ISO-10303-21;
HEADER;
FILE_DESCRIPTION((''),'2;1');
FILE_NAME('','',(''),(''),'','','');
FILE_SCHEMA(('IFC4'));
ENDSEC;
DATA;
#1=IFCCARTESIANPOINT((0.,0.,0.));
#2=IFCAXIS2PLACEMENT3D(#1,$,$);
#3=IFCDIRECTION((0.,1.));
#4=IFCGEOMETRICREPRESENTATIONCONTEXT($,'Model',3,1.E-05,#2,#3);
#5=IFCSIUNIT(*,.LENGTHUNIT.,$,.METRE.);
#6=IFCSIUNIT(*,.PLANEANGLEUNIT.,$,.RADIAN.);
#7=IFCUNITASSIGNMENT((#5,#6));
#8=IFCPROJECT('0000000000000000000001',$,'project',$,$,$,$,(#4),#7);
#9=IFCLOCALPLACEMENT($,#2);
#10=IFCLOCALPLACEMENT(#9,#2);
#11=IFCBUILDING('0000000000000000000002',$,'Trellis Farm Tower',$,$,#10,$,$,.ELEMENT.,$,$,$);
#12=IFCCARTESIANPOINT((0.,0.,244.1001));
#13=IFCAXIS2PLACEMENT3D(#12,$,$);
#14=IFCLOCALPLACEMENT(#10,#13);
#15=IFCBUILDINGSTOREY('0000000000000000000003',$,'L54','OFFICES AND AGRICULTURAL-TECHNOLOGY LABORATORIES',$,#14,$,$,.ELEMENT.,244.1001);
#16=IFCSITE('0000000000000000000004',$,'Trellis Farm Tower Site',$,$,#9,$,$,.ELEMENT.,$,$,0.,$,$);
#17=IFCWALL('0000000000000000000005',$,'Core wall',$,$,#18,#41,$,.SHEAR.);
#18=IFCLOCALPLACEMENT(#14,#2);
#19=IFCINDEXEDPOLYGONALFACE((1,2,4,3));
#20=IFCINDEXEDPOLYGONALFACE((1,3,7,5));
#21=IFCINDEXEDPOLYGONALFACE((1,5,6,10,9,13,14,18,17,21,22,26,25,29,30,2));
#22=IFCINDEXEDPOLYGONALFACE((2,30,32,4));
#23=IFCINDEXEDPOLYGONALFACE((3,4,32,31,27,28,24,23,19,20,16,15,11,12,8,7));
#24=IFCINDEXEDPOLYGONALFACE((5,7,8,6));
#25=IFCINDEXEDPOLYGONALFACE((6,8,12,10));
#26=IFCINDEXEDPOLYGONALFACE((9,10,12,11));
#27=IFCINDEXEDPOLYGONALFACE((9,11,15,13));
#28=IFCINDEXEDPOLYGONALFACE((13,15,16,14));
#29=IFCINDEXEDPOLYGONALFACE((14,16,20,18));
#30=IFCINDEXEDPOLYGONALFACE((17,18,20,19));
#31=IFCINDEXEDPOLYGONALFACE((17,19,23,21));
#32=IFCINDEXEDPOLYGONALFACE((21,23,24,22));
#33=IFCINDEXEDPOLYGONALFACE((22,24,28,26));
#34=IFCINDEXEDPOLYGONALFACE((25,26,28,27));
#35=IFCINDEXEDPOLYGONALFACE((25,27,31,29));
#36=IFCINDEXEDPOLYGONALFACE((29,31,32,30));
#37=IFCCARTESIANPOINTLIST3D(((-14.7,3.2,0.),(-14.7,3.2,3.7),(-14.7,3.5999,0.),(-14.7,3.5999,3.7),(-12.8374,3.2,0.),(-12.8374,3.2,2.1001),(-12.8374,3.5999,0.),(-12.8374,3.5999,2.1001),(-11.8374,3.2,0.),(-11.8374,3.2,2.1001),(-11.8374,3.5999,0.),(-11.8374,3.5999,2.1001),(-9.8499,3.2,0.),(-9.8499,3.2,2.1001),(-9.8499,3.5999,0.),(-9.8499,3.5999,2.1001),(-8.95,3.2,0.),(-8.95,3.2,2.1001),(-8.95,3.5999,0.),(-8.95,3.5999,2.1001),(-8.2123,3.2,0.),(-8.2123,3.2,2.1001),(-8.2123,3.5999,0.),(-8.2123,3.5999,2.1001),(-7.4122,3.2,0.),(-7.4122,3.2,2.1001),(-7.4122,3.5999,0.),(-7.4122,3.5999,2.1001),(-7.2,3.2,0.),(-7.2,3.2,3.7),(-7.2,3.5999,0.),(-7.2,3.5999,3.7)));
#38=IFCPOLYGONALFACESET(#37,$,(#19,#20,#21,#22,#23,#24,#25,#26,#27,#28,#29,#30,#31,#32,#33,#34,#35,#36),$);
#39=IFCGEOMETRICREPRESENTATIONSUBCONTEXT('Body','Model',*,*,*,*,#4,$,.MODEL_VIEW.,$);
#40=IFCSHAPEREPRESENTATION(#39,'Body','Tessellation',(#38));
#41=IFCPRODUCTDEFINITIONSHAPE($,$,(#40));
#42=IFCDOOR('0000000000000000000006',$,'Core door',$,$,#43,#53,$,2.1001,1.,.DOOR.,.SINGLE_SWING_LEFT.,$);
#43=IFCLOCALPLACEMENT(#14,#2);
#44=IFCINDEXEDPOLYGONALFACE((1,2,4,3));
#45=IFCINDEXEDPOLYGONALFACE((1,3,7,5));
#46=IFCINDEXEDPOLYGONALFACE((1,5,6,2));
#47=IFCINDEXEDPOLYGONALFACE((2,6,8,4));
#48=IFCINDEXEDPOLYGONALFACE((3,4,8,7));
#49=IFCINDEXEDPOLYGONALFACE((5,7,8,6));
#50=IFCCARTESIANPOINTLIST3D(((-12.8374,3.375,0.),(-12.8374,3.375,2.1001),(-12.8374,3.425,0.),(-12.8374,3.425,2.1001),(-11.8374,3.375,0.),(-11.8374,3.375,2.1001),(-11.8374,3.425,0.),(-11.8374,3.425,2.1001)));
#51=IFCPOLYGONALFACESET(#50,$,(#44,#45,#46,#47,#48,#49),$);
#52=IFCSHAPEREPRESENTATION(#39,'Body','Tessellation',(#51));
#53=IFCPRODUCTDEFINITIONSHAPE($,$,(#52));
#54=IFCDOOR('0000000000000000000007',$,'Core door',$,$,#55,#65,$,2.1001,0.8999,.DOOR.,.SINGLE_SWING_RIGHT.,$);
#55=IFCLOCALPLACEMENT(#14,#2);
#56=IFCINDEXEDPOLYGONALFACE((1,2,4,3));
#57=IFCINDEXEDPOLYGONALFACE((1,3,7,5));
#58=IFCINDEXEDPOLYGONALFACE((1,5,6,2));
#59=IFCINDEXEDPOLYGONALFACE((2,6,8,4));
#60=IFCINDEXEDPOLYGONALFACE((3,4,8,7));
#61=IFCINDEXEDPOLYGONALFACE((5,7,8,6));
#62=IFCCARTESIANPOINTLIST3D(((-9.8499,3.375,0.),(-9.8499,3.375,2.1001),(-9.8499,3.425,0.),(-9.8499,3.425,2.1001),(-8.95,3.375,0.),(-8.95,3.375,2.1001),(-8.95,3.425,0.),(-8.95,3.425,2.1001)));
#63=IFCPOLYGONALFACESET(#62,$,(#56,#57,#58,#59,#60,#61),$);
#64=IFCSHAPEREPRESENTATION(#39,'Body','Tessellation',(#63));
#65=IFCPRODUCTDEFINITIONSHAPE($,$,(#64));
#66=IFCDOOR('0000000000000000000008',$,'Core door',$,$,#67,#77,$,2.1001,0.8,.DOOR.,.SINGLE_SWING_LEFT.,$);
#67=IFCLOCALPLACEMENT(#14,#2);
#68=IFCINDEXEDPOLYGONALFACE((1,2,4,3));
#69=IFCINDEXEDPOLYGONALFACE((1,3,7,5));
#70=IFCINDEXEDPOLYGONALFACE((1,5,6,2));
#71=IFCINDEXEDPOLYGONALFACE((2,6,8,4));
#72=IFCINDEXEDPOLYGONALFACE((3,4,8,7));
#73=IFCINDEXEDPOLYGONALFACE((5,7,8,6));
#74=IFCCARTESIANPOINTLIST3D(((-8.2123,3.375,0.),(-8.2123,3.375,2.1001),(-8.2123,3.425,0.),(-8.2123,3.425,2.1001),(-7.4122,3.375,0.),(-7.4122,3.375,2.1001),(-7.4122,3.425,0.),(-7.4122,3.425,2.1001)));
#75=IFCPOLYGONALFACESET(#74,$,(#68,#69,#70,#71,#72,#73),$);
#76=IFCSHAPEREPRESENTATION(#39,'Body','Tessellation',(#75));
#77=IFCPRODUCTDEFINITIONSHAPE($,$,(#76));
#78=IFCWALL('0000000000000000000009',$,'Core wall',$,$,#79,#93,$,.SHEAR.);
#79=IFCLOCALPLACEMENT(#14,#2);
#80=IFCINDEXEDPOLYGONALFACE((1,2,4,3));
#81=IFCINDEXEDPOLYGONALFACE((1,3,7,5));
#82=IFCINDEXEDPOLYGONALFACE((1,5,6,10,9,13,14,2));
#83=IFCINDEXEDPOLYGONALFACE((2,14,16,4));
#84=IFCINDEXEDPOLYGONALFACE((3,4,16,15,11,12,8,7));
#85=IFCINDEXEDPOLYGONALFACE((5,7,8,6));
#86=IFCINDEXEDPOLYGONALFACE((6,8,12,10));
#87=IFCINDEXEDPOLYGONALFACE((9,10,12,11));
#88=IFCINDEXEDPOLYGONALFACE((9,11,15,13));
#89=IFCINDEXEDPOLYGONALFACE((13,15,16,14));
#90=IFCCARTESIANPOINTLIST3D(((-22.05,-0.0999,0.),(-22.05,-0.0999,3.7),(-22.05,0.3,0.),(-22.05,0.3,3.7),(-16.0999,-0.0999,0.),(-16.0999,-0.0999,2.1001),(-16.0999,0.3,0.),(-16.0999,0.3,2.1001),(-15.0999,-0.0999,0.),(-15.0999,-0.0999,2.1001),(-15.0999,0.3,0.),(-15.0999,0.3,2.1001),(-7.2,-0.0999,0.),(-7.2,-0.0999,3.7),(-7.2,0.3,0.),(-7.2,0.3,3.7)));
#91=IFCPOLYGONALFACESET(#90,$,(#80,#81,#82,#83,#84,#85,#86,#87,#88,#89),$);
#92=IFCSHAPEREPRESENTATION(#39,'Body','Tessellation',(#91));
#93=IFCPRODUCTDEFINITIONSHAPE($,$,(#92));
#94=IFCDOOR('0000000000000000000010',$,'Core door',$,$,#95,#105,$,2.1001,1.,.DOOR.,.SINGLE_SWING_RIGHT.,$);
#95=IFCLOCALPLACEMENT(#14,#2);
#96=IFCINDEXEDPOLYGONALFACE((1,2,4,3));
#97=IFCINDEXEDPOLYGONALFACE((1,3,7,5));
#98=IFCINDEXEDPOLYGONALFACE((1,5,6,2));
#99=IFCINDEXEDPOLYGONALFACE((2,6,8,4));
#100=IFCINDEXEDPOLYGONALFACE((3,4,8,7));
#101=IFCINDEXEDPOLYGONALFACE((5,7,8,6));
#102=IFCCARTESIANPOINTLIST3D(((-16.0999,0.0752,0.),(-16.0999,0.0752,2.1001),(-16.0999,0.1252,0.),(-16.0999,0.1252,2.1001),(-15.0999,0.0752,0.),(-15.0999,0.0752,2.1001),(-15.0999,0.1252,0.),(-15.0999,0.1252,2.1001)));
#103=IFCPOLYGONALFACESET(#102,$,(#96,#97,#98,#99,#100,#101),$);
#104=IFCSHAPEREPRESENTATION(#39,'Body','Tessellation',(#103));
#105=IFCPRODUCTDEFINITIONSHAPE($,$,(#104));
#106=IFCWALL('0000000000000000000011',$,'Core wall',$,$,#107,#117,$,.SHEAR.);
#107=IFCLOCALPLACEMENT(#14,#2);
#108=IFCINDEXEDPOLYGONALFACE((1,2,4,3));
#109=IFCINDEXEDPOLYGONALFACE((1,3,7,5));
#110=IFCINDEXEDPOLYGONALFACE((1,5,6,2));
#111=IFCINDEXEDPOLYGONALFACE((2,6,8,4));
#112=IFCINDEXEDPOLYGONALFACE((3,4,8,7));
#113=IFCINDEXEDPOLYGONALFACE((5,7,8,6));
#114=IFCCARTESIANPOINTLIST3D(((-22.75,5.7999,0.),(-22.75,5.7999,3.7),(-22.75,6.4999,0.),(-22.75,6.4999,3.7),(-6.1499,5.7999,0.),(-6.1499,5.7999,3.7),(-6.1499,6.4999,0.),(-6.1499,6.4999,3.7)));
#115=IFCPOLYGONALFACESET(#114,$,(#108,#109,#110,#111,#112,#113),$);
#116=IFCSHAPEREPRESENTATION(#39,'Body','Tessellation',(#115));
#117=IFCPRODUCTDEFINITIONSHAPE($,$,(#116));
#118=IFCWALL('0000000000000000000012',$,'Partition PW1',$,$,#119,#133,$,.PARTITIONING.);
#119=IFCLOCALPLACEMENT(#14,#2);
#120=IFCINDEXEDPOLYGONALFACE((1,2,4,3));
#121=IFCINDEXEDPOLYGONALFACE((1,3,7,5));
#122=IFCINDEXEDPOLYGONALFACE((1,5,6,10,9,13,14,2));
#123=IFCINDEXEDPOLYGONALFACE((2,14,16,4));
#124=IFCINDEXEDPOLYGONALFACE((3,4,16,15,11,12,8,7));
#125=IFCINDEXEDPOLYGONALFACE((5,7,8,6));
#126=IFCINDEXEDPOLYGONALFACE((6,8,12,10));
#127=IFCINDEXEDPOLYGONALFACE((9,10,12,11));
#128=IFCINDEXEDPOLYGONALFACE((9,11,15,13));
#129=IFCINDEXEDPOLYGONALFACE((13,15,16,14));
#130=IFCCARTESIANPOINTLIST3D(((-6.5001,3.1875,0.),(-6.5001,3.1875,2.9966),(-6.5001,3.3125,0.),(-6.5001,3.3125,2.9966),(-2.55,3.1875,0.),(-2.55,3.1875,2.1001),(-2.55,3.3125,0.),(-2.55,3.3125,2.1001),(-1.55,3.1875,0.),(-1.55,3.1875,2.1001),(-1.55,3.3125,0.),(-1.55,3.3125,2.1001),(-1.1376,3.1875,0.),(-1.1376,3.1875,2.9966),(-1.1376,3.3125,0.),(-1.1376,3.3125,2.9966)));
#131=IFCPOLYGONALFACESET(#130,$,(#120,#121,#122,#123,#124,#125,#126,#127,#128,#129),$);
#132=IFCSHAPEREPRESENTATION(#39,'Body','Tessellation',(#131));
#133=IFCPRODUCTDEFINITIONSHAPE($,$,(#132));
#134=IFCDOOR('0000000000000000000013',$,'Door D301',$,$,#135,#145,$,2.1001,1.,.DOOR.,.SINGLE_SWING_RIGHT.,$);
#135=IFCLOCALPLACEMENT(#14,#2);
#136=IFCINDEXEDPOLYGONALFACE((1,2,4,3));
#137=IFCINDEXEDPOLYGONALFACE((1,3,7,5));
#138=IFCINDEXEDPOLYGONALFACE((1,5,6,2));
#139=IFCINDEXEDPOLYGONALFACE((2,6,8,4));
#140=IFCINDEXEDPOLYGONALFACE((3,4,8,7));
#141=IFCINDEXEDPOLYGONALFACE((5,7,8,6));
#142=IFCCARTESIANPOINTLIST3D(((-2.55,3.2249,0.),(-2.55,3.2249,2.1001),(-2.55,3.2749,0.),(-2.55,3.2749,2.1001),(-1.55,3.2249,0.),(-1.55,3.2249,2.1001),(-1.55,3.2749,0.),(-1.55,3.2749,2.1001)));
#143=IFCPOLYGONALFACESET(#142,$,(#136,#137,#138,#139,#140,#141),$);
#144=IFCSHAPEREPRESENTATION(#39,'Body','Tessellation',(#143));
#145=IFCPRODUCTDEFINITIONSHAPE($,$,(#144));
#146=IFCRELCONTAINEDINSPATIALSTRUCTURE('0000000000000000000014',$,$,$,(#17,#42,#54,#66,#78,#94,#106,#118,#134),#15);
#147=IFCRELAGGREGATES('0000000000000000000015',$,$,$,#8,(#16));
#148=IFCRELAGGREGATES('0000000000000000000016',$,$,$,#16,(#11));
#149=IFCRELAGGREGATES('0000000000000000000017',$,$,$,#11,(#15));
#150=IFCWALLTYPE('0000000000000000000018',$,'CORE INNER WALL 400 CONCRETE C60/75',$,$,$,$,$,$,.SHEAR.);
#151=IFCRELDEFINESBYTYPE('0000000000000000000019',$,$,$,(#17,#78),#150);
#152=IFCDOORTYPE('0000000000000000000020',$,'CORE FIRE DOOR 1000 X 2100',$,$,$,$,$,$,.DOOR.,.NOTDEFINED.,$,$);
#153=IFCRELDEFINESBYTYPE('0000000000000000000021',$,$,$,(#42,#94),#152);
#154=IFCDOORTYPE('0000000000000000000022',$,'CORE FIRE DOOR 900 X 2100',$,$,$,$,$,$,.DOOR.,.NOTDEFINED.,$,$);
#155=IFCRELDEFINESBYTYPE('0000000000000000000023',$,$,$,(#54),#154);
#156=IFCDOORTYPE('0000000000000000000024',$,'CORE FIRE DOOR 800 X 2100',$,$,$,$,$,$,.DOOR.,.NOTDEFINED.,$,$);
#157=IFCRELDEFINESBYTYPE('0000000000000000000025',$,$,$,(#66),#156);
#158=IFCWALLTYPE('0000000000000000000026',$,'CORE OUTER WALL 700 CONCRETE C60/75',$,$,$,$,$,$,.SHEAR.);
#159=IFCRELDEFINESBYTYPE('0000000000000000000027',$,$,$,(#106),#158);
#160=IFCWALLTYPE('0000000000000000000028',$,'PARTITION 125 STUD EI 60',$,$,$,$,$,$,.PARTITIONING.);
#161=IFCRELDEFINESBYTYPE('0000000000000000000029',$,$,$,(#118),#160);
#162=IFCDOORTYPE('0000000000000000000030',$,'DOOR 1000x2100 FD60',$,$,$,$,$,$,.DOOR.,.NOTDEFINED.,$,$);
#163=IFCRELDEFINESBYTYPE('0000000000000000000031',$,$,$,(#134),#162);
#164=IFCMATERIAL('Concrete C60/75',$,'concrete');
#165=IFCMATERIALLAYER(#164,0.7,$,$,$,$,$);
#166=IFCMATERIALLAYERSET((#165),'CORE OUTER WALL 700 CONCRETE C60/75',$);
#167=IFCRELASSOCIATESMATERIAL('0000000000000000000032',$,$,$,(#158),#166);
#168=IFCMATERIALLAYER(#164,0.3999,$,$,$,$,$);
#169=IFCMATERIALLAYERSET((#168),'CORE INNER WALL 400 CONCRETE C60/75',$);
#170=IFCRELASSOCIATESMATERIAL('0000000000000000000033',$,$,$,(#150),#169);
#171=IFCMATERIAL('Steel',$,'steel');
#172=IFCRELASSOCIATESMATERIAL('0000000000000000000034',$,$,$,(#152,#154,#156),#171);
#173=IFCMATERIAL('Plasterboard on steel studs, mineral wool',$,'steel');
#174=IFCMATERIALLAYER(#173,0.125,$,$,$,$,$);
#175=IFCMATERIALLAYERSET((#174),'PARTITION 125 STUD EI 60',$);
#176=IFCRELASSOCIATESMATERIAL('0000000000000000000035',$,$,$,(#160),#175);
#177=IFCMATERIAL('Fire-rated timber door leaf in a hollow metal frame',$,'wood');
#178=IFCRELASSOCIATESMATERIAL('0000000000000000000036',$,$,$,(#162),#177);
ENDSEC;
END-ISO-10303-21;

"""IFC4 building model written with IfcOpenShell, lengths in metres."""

from ifc_helpers import new_model, si_unit, direction, frame, frame_2d, origin, place, context, subcontext, project, spatial, rectangle, extrude, source, transform, mapped, material, layer, layer_set, type_object, element, fill, save


model = new_model("IFC4")

# Units and contexts
model_context = context("Model", 3, precision=1e-05, world=origin(), true_north=direction((0.0, 1.0)))
body_context = subcontext(model_context, "Body", "Model", "MODEL_VIEW")
ifc_project = project(units=[si_unit("LENGTHUNIT", "METRE"), si_unit("PLANEANGLEUNIT", "RADIAN")], contexts=[model_context])

# Site, building, storey
site_placement = place(None, origin())
site = spatial("IfcSite", under=ifc_project, at=site_placement, Name="Trellis Farm Tower Site", CompositionType="ELEMENT", RefElevation=0.0)
building_placement = place(site_placement, origin())
building = spatial("IfcBuilding", under=site, at=building_placement, Name="Trellis Farm Tower", CompositionType="ELEMENT")
storey_placement = place(building_placement, frame((0.0, 0.0, 244.1001)))
storey = spatial("IfcBuildingStorey", under=building, at=storey_placement, Name="L54", Description="OFFICES AND AGRICULTURAL-TECHNOLOGY LABORATORIES", CompositionType="ELEMENT", Elevation=244.1001)

# Shared definitions
ifc_material_1 = material(Name="Concrete C60/75", Category="concrete")

# Shared definitions
ifc_layer_1 = layer(ifc_material_1, 0.7)
ifc_layer_set_1 = layer_set([ifc_layer_1], Name="CORE OUTER WALL 700 CONCRETE C60/75")
wall_type_1 = type_object("IfcWallType", Name="CORE OUTER WALL 700 CONCRETE C60/75", PredefinedType="SHEAR", material=ifc_layer_set_1)
ifc_material_2 = material(Name="Steel", Category="steel")

# Wall, openings, doors
ifc_layer_2 = layer(ifc_material_1, 0.3999)
ifc_layer_set_2 = layer_set([ifc_layer_2], Name="CORE INNER WALL 400 CONCRETE C60/75")
wall_type_2 = type_object("IfcWallType", Name="CORE INNER WALL 400 CONCRETE C60/75", PredefinedType="SHEAR", material=ifc_layer_set_2)
shared_shape_1 = source(origin(), body_context, "Body", "SweptSolid", [
    extrude(rectangle(XDim=7.5, YDim=0.3999, at=frame_2d((3.75, 0.0))), origin(), (0.0, 0.0, 1.0), 3.7),
])
wall_1_placement = place(storey_placement, frame((-7.2, 3.3999, 0.0), z_axis=(0.0, 0.0, 1.0), x_axis=(-1.0, 0.0, 0.0)))
wall_1 = element("IfcWall", 1, at=wall_1_placement, inside=storey, type_object=wall_type_2, Name="Core wall", PredefinedType="SHEAR", context=body_context, shape_type="MappedRepresentation", body=[
    mapped(shared_shape_1, transform((0.0, 0.0, 0.0))),
])
shared_shape_2 = source(origin(), body_context, "Body", "SweptSolid", [
    extrude(rectangle(XDim=0.8, YDim=2.1001, at=frame_2d((0.3999, 1.05))), frame((0.0, 0.21, 0.0), z_axis=(0.0, -1.0, 0.0), x_axis=(1.0, 0.0, 0.0)), (0.0, 0.0, 1.0), 0.4199),
])
opening_1_placement = place(wall_1_placement, frame((0.2124, 0.0, 0.0)))
opening_1 = element("IfcOpeningElement", 2, at=opening_1_placement, cuts=wall_1, PredefinedType="OPENING", context=body_context, shape_type="MappedRepresentation", body=[
    mapped(shared_shape_2, transform((0.0, 0.0, 0.0))),
])
shared_shape_3 = source(origin(), body_context, "Body", "SweptSolid", [
    extrude(rectangle(XDim=0.8999, YDim=2.1001, at=frame_2d((0.45, 1.05))), frame((0.0, 0.21, 0.0), z_axis=(0.0, -1.0, 0.0), x_axis=(1.0, 0.0, 0.0)), (0.0, 0.0, 1.0), 0.4199),
])
opening_2_placement = place(wall_1_placement, frame((1.75, 0.0, 0.0)))
opening_2 = element("IfcOpeningElement", 3, at=opening_2_placement, cuts=wall_1, PredefinedType="OPENING", context=body_context, shape_type="MappedRepresentation", body=[
    mapped(shared_shape_3, transform((0.0, 0.0, 0.0))),
])
shared_shape_4 = source(origin(), body_context, "Body", "SweptSolid", [
    extrude(rectangle(XDim=1.0, YDim=2.1001, at=frame_2d((0.5, 1.05))), frame((0.0, 0.21, 0.0), z_axis=(0.0, -1.0, 0.0), x_axis=(1.0, 0.0, 0.0)), (0.0, 0.0, 1.0), 0.4199),
])
opening_3_placement = place(wall_1_placement, frame((4.6375, 0.0, 0.0)))
opening_3 = element("IfcOpeningElement", 4, at=opening_3_placement, cuts=wall_1, PredefinedType="OPENING", context=body_context, shape_type="MappedRepresentation", body=[
    mapped(shared_shape_4, transform((0.0, 0.0, 0.0))),
])
door_type_1 = type_object("IfcDoorType", Name="CORE FIRE DOOR 1000 X 2100", OperationType="NOTDEFINED", PredefinedType="DOOR", material=ifc_material_2)
shared_shape_5 = source(origin(), body_context, "Body", "SweptSolid", [
    extrude(rectangle(XDim=1.0, YDim=2.1001, at=frame_2d((0.5, 1.05))), frame((0.0, 0.0249, 0.0), z_axis=(0.0, -1.0, 0.0), x_axis=(1.0, 0.0, 0.0)), (0.0, 0.0, 1.0), 0.05),
])
door_1_placement = place(opening_3_placement, origin())
door_1 = element("IfcDoor", 5, at=door_1_placement, inside=storey, type_object=door_type_1, Name="Core door", OperationType="SINGLE_SWING_LEFT", OverallHeight=2.1001, OverallWidth=1.0, PredefinedType="DOOR", context=body_context, shape_type="MappedRepresentation", body=[
    mapped(shared_shape_5, transform((0.0, 0.0, 0.0))),
])
fill(opening_3, door_1)
door_type_2 = type_object("IfcDoorType", Name="CORE FIRE DOOR 900 X 2100", OperationType="NOTDEFINED", PredefinedType="DOOR", material=ifc_material_2)
shared_shape_6 = source(origin(), body_context, "Body", "SweptSolid", [
    extrude(rectangle(XDim=0.8999, YDim=2.1001, at=frame_2d((0.45, 1.05))), frame((0.0, 0.0249, 0.0), z_axis=(0.0, -1.0, 0.0), x_axis=(1.0, 0.0, 0.0)), (0.0, 0.0, 1.0), 0.05),
])
door_2_placement = place(opening_2_placement, origin())
door_2 = element("IfcDoor", 6, at=door_2_placement, inside=storey, type_object=door_type_2, Name="Core door", OperationType="SINGLE_SWING_RIGHT", OverallHeight=2.1001, OverallWidth=0.8999, PredefinedType="DOOR", context=body_context, shape_type="MappedRepresentation", body=[
    mapped(shared_shape_6, transform((0.0, 0.0, 0.0))),
])
fill(opening_2, door_2)
door_type_3 = type_object("IfcDoorType", Name="CORE FIRE DOOR 800 X 2100", OperationType="NOTDEFINED", PredefinedType="DOOR", material=ifc_material_2)
shared_shape_7 = source(origin(), body_context, "Body", "SweptSolid", [
    extrude(rectangle(XDim=0.8, YDim=2.1001, at=frame_2d((0.3999, 1.05))), frame((0.0, 0.0249, 0.0), z_axis=(0.0, -1.0, 0.0), x_axis=(1.0, 0.0, 0.0)), (0.0, 0.0, 1.0), 0.05),
])
door_3_placement = place(opening_1_placement, origin())
door_3 = element("IfcDoor", 7, at=door_3_placement, inside=storey, type_object=door_type_3, Name="Core door", OperationType="SINGLE_SWING_LEFT", OverallHeight=2.1001, OverallWidth=0.8, PredefinedType="DOOR", context=body_context, shape_type="MappedRepresentation", body=[
    mapped(shared_shape_7, transform((0.0, 0.0, 0.0))),
])
fill(opening_1, door_3)

# Wall, opening, door
shared_shape_8 = source(origin(), body_context, "Body", "SweptSolid", [
    extrude(rectangle(XDim=14.8501, YDim=0.3999, at=frame_2d((7.425, 0.0))), origin(), (0.0, 0.0, 1.0), 3.7),
])
wall_2_placement = place(storey_placement, frame((-7.2, 0.1001, 0.0), z_axis=(0.0, 0.0, 1.0), x_axis=(-1.0, 0.0, 0.0)))
wall_2 = element("IfcWall", 8, at=wall_2_placement, inside=storey, type_object=wall_type_2, Name="Core wall", PredefinedType="SHEAR", context=body_context, shape_type="MappedRepresentation", body=[
    mapped(shared_shape_8, transform((0.0, 0.0, 0.0))),
])
opening_4_placement = place(wall_2_placement, frame((7.8999, 0.0, 0.0)))
opening_4 = element("IfcOpeningElement", 9, at=opening_4_placement, cuts=wall_2, PredefinedType="OPENING", context=body_context, shape_type="MappedRepresentation", body=[
    mapped(shared_shape_4, transform((0.0, 0.0, 0.0))),
])
door_4_placement = place(opening_4_placement, origin())
door_4 = element("IfcDoor", 10, at=door_4_placement, inside=storey, type_object=door_type_1, Name="Core door", OperationType="SINGLE_SWING_RIGHT", OverallHeight=2.1001, OverallWidth=1.0, PredefinedType="DOOR", context=body_context, shape_type="MappedRepresentation", body=[
    mapped(shared_shape_5, transform((0.0, 0.0, 0.0))),
])
fill(opening_4, door_4)

# Wall
shared_shape_9 = source(origin(), body_context, "Body", "SweptSolid", [
    extrude(rectangle(XDim=16.6001, YDim=0.7, at=frame_2d((8.3, 0.0))), origin(), (0.0, 0.0, 1.0), 3.7),
])
wall_3_placement = place(storey_placement, frame((-6.1499, 6.1499, 0.0), z_axis=(0.0, 0.0, 1.0), x_axis=(-1.0, 0.0, 0.0)))
element("IfcWall", 11, at=wall_3_placement, inside=storey, type_object=wall_type_1, Name="Core wall", PredefinedType="SHEAR", context=body_context, shape_type="MappedRepresentation", body=[
    mapped(shared_shape_9, transform((0.0, 0.0, 0.0))),
])

# Wall, opening, door
ifc_material_3 = material(Name="Plasterboard on steel studs, mineral wool", Category="steel")
ifc_layer_3 = layer(ifc_material_3, 0.125)
ifc_layer_set_3 = layer_set([ifc_layer_3], Name="PARTITION 125 STUD EI 60")
wall_type_3 = type_object("IfcWallType", Name="PARTITION 125 STUD EI 60", PredefinedType="PARTITIONING", material=ifc_layer_set_3)
shared_shape_10 = source(origin(), body_context, "Body", "SweptSolid", [
    extrude(rectangle(XDim=5.3625, YDim=0.125, at=frame_2d((2.6812, 0.0))), origin(), (0.0, 0.0, 1.0), 2.9966),
])
wall_4_placement = place(storey_placement, frame((-6.5, 3.25, 0.0), z_axis=(0.0, 0.0, 1.0), x_axis=(1.0, 0.0, 0.0)))
wall_4 = element("IfcWall", 12, at=wall_4_placement, inside=storey, type_object=wall_type_3, Name="Partition PW1", PredefinedType="PARTITIONING", context=body_context, shape_type="MappedRepresentation", body=[
    mapped(shared_shape_10, transform((0.0, 0.0, 0.0))),
])
shared_shape_11 = source(origin(), body_context, "Body", "SweptSolid", [
    extrude(rectangle(XDim=1.0, YDim=2.1001, at=frame_2d((0.5, 1.05))), frame((0.0, 0.0725, 0.0), z_axis=(0.0, -1.0, 0.0), x_axis=(1.0, 0.0, 0.0)), (0.0, 0.0, 1.0), 0.145),
])
opening_5_placement = place(wall_4_placement, frame((3.95, 0.0, 0.0)))
opening_5 = element("IfcOpeningElement", 13, at=opening_5_placement, cuts=wall_4, PredefinedType="OPENING", context=body_context, shape_type="MappedRepresentation", body=[
    mapped(shared_shape_11, transform((0.0, 0.0, 0.0))),
])
ifc_material_4 = material(Name="Fire-rated timber door leaf in a hollow metal frame", Category="wood")
door_type_4 = type_object("IfcDoorType", Name="DOOR 1000x2100 FD60", OperationType="NOTDEFINED", PredefinedType="DOOR", material=ifc_material_4)
door_5_placement = place(opening_5_placement, origin())
door_5 = element("IfcDoor", 14, at=door_5_placement, inside=storey, type_object=door_type_4, Name="Door D301", OperationType="SINGLE_SWING_RIGHT", OverallHeight=2.1001, OverallWidth=1.0, PredefinedType="DOOR", context=body_context, shape_type="MappedRepresentation", body=[
    mapped(shared_shape_5, transform((0.0, 0.0, 0.0))),
])
fill(opening_5, door_5)

save(model, "model.ifc")
